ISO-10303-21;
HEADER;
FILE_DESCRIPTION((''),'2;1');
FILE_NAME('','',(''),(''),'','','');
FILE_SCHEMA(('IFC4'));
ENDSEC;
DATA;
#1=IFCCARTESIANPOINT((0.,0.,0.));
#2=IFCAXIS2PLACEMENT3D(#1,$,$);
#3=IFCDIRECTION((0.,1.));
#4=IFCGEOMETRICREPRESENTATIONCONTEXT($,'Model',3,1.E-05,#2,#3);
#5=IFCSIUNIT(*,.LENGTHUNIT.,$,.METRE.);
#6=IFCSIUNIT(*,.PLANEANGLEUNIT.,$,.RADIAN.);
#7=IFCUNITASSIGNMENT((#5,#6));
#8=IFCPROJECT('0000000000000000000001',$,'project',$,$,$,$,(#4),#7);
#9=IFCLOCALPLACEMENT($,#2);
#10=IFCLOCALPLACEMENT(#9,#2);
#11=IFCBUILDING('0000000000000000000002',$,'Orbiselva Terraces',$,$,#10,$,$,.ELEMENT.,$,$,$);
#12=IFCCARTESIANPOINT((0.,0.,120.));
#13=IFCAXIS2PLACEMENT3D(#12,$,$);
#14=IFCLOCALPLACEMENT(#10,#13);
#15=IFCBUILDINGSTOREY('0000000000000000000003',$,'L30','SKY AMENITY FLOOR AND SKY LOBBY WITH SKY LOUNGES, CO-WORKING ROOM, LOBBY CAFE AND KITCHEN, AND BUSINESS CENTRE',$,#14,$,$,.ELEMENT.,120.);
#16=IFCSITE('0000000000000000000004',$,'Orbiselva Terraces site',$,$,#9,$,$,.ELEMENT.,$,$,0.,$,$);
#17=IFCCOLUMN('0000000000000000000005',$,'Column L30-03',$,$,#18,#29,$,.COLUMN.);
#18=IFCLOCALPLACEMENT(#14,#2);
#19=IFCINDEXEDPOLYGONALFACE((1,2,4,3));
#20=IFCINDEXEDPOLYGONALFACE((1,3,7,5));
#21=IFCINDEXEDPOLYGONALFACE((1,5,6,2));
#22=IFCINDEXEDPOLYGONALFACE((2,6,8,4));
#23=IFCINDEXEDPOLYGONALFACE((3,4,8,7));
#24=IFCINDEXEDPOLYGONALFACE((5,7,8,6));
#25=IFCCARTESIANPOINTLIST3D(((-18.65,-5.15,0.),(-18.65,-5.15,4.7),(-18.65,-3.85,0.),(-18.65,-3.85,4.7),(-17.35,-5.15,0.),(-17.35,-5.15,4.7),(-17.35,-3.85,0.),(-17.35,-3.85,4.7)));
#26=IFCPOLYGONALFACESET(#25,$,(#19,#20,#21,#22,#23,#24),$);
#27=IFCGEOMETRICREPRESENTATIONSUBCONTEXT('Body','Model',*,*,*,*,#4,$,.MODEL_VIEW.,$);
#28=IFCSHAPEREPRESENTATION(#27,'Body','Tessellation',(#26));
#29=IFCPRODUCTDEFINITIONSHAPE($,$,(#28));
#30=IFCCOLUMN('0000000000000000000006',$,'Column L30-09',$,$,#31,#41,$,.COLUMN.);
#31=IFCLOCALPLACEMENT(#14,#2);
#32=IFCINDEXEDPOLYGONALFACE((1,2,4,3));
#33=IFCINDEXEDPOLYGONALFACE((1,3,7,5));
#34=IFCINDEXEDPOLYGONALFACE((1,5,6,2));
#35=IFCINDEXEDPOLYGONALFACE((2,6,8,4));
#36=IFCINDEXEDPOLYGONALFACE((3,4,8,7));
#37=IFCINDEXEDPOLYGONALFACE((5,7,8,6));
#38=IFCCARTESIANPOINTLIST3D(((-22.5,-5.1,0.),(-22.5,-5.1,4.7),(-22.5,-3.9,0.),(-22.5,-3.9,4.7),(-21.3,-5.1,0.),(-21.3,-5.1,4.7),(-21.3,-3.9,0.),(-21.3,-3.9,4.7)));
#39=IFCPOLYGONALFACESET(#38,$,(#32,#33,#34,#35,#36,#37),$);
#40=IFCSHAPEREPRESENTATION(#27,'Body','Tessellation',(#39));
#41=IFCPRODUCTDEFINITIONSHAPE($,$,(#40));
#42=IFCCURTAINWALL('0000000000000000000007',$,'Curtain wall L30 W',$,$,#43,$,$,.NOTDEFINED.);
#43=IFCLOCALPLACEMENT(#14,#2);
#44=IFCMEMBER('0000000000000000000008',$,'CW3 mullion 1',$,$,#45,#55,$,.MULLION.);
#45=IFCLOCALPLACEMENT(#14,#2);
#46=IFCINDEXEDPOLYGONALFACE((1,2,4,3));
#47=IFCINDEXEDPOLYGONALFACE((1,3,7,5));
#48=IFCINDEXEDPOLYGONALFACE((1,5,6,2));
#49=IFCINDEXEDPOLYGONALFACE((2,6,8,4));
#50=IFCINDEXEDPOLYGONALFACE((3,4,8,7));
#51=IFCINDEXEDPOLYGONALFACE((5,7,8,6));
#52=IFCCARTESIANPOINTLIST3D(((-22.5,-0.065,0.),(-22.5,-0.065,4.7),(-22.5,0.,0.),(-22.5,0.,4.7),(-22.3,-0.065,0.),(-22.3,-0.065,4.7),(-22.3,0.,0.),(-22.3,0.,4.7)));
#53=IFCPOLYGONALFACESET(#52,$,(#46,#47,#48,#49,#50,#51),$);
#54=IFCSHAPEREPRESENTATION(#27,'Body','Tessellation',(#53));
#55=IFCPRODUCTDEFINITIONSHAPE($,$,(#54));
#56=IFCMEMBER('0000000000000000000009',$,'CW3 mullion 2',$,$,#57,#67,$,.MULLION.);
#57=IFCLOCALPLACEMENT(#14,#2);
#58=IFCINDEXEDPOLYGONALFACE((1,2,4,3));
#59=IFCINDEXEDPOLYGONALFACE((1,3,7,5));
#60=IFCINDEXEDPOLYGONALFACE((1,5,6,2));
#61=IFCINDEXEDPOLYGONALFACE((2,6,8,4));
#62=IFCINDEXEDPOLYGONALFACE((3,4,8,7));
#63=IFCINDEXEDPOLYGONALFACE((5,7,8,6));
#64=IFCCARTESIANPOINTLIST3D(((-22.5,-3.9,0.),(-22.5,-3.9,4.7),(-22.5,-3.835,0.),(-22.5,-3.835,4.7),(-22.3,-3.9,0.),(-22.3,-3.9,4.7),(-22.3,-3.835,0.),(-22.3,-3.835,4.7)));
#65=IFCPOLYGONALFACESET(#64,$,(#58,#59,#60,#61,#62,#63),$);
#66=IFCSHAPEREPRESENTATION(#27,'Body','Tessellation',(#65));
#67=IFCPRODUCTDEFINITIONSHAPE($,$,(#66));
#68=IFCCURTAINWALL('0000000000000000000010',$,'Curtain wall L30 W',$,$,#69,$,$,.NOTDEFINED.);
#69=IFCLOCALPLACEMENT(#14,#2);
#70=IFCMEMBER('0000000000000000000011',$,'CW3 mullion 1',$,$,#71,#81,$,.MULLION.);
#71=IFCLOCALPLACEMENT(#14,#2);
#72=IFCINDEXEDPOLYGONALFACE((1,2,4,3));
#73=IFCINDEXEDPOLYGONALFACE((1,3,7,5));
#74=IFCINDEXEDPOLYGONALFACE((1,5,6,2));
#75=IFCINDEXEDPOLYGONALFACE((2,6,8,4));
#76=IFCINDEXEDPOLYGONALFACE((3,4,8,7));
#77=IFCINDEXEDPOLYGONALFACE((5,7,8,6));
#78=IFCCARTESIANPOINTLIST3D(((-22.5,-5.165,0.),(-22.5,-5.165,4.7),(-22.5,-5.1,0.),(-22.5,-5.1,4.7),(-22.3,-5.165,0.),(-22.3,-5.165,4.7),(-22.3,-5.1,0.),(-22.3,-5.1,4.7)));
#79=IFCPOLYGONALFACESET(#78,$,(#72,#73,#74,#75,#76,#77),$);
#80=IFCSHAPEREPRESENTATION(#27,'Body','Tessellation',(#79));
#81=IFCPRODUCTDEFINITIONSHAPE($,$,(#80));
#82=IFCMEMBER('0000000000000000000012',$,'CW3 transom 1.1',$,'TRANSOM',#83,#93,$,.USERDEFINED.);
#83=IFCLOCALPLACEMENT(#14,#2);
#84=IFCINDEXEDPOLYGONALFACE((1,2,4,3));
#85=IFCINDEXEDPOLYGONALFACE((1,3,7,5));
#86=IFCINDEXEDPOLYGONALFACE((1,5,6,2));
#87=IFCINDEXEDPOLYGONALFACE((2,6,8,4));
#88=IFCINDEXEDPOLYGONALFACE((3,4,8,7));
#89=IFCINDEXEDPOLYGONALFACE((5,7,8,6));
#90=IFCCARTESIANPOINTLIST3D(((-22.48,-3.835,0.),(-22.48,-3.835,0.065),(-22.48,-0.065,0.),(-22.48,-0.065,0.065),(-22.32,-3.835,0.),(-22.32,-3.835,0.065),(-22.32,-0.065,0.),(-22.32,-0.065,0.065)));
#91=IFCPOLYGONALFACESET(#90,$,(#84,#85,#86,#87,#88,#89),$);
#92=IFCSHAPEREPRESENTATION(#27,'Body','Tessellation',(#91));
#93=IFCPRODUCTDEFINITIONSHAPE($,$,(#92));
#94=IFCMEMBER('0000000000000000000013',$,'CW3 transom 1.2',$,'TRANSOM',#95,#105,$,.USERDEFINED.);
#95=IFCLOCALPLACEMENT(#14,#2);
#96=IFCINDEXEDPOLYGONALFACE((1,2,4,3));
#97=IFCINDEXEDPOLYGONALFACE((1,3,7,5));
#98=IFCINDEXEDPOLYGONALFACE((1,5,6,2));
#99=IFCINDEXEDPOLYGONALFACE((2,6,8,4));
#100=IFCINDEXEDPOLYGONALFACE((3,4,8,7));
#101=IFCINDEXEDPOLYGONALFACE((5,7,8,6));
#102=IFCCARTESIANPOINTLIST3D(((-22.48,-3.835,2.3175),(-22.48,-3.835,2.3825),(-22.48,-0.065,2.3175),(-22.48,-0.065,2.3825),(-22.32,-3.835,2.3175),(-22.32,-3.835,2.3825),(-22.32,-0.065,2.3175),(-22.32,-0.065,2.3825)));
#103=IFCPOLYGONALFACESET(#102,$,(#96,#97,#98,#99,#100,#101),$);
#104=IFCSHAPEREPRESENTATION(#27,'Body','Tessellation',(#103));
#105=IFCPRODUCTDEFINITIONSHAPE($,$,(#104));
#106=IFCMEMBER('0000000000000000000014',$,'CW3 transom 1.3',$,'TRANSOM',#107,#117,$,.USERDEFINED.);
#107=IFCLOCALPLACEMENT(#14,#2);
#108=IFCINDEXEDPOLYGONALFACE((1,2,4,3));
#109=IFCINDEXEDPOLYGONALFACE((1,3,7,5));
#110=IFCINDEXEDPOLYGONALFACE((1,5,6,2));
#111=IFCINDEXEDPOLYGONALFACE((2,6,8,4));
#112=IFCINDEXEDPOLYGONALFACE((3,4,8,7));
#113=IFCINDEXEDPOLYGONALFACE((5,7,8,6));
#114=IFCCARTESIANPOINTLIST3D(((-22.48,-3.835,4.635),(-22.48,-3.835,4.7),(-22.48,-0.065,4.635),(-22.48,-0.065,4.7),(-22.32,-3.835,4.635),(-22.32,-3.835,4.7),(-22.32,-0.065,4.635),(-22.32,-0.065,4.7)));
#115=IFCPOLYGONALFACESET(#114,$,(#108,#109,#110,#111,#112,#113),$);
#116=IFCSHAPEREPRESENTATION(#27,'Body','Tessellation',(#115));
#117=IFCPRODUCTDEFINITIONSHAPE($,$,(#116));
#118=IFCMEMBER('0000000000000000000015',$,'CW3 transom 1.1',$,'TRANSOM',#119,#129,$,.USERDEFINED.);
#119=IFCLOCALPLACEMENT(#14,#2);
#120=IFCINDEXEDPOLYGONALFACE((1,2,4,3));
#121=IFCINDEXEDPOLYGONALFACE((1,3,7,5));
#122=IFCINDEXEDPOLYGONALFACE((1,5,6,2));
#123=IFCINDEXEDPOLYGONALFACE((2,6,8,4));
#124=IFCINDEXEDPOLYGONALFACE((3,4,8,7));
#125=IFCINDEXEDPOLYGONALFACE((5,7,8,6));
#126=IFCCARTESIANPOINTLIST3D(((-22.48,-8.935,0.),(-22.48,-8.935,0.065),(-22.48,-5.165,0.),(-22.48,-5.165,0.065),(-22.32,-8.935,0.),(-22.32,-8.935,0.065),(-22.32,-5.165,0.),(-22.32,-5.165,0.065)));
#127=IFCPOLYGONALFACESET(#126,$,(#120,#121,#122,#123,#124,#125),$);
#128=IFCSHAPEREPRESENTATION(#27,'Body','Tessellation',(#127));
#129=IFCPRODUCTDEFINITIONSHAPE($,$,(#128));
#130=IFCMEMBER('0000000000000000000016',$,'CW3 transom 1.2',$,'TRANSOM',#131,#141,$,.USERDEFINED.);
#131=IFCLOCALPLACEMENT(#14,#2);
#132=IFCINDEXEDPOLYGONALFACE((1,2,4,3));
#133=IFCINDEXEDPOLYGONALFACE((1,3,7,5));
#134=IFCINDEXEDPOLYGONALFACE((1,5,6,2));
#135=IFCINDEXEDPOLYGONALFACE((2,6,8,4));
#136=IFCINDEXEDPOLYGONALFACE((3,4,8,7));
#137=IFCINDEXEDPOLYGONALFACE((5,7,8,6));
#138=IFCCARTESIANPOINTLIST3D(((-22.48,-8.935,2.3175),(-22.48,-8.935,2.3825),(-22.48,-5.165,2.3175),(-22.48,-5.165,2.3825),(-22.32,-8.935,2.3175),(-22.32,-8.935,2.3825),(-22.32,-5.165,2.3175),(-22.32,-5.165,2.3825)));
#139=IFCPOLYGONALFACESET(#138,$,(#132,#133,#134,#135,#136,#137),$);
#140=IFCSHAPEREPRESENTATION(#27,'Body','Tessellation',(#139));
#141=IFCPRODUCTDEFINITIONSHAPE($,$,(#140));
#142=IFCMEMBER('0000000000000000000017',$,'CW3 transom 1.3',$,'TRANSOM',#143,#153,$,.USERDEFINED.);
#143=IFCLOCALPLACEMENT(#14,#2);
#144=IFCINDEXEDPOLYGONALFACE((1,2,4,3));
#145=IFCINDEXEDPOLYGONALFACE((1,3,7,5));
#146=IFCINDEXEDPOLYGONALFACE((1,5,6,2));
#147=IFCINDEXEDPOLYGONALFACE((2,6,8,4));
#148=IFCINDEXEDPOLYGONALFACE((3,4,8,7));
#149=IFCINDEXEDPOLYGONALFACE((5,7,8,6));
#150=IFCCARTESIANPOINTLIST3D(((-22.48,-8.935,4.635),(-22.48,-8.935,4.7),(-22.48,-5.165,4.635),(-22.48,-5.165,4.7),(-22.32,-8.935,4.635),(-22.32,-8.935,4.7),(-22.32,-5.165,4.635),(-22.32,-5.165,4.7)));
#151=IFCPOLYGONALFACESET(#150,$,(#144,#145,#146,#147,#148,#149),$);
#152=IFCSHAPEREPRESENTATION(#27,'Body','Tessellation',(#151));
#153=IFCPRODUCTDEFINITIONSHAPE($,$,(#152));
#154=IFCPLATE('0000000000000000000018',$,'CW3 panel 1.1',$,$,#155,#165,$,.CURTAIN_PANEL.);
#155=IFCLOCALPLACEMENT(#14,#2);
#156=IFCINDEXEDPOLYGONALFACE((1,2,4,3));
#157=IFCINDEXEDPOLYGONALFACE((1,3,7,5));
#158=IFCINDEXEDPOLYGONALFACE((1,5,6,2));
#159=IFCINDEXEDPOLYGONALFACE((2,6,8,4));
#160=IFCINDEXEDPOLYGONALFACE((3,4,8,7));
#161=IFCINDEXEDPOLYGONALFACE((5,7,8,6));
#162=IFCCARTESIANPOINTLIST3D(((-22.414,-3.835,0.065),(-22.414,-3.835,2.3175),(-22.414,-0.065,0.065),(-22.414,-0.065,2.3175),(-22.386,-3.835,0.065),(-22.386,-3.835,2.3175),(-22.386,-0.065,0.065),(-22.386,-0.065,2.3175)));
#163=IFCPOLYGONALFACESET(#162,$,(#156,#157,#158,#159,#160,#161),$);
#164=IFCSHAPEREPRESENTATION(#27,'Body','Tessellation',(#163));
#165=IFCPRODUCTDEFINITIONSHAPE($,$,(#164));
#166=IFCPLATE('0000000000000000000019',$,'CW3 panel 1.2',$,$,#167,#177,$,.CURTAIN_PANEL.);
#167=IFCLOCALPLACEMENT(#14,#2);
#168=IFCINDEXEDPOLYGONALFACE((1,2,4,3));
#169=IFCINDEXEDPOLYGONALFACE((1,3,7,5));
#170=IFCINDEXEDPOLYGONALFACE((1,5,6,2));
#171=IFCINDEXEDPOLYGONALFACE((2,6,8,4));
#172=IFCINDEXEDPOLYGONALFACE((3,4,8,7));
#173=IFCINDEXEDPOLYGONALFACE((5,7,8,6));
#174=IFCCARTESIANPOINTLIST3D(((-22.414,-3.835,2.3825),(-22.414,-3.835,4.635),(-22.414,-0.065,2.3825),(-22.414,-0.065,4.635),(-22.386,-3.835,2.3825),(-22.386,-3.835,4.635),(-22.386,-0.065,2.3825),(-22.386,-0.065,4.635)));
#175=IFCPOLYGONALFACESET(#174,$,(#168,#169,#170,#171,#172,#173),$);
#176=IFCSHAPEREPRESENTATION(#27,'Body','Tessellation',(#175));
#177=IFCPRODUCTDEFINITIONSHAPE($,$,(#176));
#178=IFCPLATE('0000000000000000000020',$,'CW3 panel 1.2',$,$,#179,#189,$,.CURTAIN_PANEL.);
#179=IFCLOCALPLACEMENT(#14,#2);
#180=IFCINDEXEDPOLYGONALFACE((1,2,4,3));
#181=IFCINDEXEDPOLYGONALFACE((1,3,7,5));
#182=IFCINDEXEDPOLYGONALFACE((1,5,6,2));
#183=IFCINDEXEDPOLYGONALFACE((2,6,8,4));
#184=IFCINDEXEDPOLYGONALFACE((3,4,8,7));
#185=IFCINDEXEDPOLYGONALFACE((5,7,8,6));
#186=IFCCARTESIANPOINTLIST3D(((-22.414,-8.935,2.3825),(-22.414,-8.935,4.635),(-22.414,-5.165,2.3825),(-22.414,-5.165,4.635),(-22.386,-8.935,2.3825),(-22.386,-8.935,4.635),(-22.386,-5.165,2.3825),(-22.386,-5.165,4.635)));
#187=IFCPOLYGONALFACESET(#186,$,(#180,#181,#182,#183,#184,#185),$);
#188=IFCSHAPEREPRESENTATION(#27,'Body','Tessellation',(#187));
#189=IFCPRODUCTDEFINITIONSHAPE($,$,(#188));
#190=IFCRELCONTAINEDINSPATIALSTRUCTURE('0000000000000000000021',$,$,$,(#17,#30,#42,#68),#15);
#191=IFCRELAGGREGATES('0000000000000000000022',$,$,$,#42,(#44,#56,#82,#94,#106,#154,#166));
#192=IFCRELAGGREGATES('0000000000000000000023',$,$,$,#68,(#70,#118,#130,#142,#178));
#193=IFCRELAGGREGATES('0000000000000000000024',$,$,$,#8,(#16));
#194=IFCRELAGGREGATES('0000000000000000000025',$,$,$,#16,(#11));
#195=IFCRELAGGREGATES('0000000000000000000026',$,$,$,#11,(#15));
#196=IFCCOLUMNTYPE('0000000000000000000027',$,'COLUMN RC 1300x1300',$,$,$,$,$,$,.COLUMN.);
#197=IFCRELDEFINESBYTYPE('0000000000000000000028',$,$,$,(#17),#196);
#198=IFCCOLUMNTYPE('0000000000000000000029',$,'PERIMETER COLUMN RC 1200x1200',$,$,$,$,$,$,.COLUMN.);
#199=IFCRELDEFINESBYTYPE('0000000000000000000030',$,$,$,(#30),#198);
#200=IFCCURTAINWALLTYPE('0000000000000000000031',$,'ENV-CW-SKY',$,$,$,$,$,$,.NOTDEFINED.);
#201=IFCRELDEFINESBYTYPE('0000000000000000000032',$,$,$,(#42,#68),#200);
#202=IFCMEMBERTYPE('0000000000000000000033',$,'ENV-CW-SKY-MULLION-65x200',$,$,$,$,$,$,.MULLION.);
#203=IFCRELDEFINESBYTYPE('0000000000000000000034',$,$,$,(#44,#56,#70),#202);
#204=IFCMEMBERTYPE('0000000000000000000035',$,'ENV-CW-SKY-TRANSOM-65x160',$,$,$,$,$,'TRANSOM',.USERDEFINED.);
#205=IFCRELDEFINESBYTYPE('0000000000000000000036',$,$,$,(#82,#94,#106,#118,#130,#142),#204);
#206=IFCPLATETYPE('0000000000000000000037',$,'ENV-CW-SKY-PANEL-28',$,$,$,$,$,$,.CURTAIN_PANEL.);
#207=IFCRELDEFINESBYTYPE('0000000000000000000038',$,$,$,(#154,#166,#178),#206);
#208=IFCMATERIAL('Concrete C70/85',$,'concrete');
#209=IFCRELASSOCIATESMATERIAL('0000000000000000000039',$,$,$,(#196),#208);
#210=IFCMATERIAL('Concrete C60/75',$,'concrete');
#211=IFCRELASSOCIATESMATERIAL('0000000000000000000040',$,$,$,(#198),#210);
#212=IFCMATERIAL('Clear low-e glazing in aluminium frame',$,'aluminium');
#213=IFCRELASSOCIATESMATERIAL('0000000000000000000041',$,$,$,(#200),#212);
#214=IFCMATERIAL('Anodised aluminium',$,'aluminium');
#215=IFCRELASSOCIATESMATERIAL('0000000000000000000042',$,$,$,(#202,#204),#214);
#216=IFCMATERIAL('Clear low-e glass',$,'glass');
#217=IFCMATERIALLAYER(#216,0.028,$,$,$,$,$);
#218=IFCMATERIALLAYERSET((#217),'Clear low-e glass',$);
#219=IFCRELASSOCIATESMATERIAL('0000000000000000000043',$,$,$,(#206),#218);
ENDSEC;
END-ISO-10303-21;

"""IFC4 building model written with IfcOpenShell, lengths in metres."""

from ifc_helpers import new_model, si_unit, direction, frame, origin, origin_2d, place, context, subcontext, project, spatial, rectangle, extrude, material, layer, layer_set, material_profile, profile_set, type_object, element, aggregate, save


model = new_model("IFC4")

# Units and contexts
model_context = context("Model", 3, precision=1e-05, world=origin(), true_north=direction((0.0, 1.0)))
body_context = subcontext(model_context, "Body", "Model", "MODEL_VIEW")
ifc_project = project(units=[si_unit("LENGTHUNIT", "METRE"), si_unit("PLANEANGLEUNIT", "RADIAN")], contexts=[model_context])

# Site, building, storey
site_placement = place(None, origin())
site = spatial("IfcSite", under=ifc_project, at=site_placement, Name="Orbiselva Terraces site", CompositionType="ELEMENT", RefElevation=0.0)
building_placement = place(site_placement, origin())
building = spatial("IfcBuilding", under=site, at=building_placement, Name="Orbiselva Terraces", CompositionType="ELEMENT")
storey_placement = place(building_placement, frame((0.0, 0.0, 120.0)))
storey = spatial("IfcBuildingStorey", under=building, at=storey_placement, Name="L30", Description="SKY AMENITY FLOOR AND SKY LOBBY WITH SKY LOUNGES, CO-WORKING ROOM, LOBBY CAFE AND KITCHEN, AND BUSINESS CENTRE", CompositionType="ELEMENT", Elevation=120.0)

# Columns
ifc_material_1 = material(Name="Concrete C70/85", Category="concrete")
ifc_material_profile_1 = material_profile(ifc_material_1, rectangle(XDim=1.3, YDim=1.3, at=origin_2d()), Name="RC 1300x1300")
ifc_profile_set_1 = profile_set([ifc_material_profile_1], Name="Concrete C70/85")
column_type_1 = type_object("IfcColumnType", Name="COLUMN RC 1300x1300", PredefinedType="COLUMN", material=ifc_profile_set_1)
column_1_placement = place(storey_placement, frame((-18.0, -4.5, 0.0), z_axis=(0.0, 0.0, 1.0), x_axis=(1.0, 0.0, 0.0)))
element("IfcColumn", 1, at=column_1_placement, inside=storey, type_object=column_type_1, Name="Column L30-03", PredefinedType="COLUMN", context=body_context, shape_type="SweptSolid", body=[
    extrude(rectangle(XDim=1.3, YDim=1.3, at=origin_2d()), origin(), (0.0, 0.0, 1.0), 4.7),
])
ifc_material_2 = material(Name="Concrete C60/75", Category="concrete")
ifc_material_profile_2 = material_profile(ifc_material_2, rectangle(XDim=1.2, YDim=1.2, at=origin_2d()), Name="RC 1200x1200")
ifc_profile_set_2 = profile_set([ifc_material_profile_2], Name="Concrete C60/75")
column_type_2 = type_object("IfcColumnType", Name="PERIMETER COLUMN RC 1200x1200", PredefinedType="COLUMN", material=ifc_profile_set_2)
column_2_placement = place(storey_placement, frame((-21.9, -4.5, 0.0), z_axis=(0.0, 0.0, 1.0), x_axis=(1.0, 0.0, 0.0)))
element("IfcColumn", 2, at=column_2_placement, inside=storey, type_object=column_type_2, Name="Column L30-09", PredefinedType="COLUMN", context=body_context, shape_type="SweptSolid", body=[
    extrude(rectangle(XDim=1.2, YDim=1.2, at=origin_2d()), origin(), (0.0, 0.0, 1.0), 4.7),
])

# Curtain wall, members
ifc_material_3 = material(Name="Clear low-e glazing in aluminium frame", Category="aluminium")
curtain_wall_type = type_object("IfcCurtainWallType", Name="ENV-CW-SKY", PredefinedType="NOTDEFINED", material=ifc_material_3)
curtain_wall_1_placement = place(storey_placement, origin())
curtain_wall_1 = element("IfcCurtainWall", 3, at=curtain_wall_1_placement, inside=storey, type_object=curtain_wall_type, Name="Curtain wall L30 W", PredefinedType="NOTDEFINED")
ifc_material_4 = material(Name="Anodised aluminium", Category="aluminium")
ifc_material_profile_3 = material_profile(ifc_material_4, rectangle(XDim=0.2, YDim=0.065, at=origin_2d()), Name="AL 65x200")
ifc_profile_set_3 = profile_set([ifc_material_profile_3], Name="Anodised aluminium")
member_type_1 = type_object("IfcMemberType", Name="ENV-CW-SKY-MULLION-65x200", PredefinedType="MULLION", material=ifc_profile_set_3)
member_1_placement = place(storey_placement, frame((-22.4, -0.0325, 0.0), z_axis=(0.0, 0.0, 1.0), x_axis=(1.0, 0.0, 0.0)))
member_1 = element("IfcMember", 4, at=member_1_placement, type_object=member_type_1, Name="CW3 mullion 1", PredefinedType="MULLION", context=body_context, shape_type="SweptSolid", body=[
    extrude(rectangle(XDim=0.2, YDim=0.065, at=origin_2d()), origin(), (0.0, 0.0, 1.0), 4.7),
])
member_2_placement = place(storey_placement, frame((-22.4, -3.8675, 0.0), z_axis=(0.0, 0.0, 1.0), x_axis=(1.0, 0.0, 0.0)))
member_2 = element("IfcMember", 5, at=member_2_placement, type_object=member_type_1, Name="CW3 mullion 2", PredefinedType="MULLION", context=body_context, shape_type="SweptSolid", body=[
    extrude(rectangle(XDim=0.2, YDim=0.065, at=origin_2d()), origin(), (0.0, 0.0, 1.0), 4.7),
])

# Curtain wall, member
curtain_wall_2_placement = place(storey_placement, origin())
curtain_wall_2 = element("IfcCurtainWall", 6, at=curtain_wall_2_placement, inside=storey, type_object=curtain_wall_type, Name="Curtain wall L30 W", PredefinedType="NOTDEFINED")
member_3_placement = place(storey_placement, frame((-22.4, -5.1325, 0.0), z_axis=(0.0, 0.0, 1.0), x_axis=(1.0, 0.0, 0.0)))
member_3 = element("IfcMember", 7, at=member_3_placement, type_object=member_type_1, Name="CW3 mullion 1", PredefinedType="MULLION", context=body_context, shape_type="SweptSolid", body=[
    extrude(rectangle(XDim=0.2, YDim=0.065, at=origin_2d()), origin(), (0.0, 0.0, 1.0), 4.7),
])

# Members
ifc_material_profile_4 = material_profile(ifc_material_4, rectangle(XDim=0.16, YDim=0.065, at=origin_2d()), Name="AL 65x160")
ifc_profile_set_4 = profile_set([ifc_material_profile_4], Name="Anodised aluminium")
member_type_2 = type_object("IfcMemberType", Name="ENV-CW-SKY-TRANSOM-65x160", ElementType="TRANSOM", PredefinedType="USERDEFINED", material=ifc_profile_set_4)
member_4_placement = place(storey_placement, frame((-22.4, -0.065, 0.0325), z_axis=(0.0, -1.0, 0.0), x_axis=(1.0, 0.0, 0.0)))
member_4 = element("IfcMember", 8, at=member_4_placement, type_object=member_type_2, Name="CW3 transom 1.1", ObjectType="TRANSOM", PredefinedType="USERDEFINED", context=body_context, shape_type="SweptSolid", body=[
    extrude(rectangle(XDim=0.16, YDim=0.065, at=origin_2d()), origin(), (0.0, 0.0, 1.0), 3.77),
])
member_5_placement = place(storey_placement, frame((-22.4, -0.065, 2.35), z_axis=(0.0, -1.0, 0.0), x_axis=(1.0, 0.0, 0.0)))
member_5 = element("IfcMember", 9, at=member_5_placement, type_object=member_type_2, Name="CW3 transom 1.2", ObjectType="TRANSOM", PredefinedType="USERDEFINED", context=body_context, shape_type="SweptSolid", body=[
    extrude(rectangle(XDim=0.16, YDim=0.065, at=origin_2d()), origin(), (0.0, 0.0, 1.0), 3.77),
])
member_6_placement = place(storey_placement, frame((-22.4, -0.065, 4.6675), z_axis=(0.0, -1.0, 0.0), x_axis=(1.0, 0.0, 0.0)))
member_6 = element("IfcMember", 10, at=member_6_placement, type_object=member_type_2, Name="CW3 transom 1.3", ObjectType="TRANSOM", PredefinedType="USERDEFINED", context=body_context, shape_type="SweptSolid", body=[
    extrude(rectangle(XDim=0.16, YDim=0.065, at=origin_2d()), origin(), (0.0, 0.0, 1.0), 3.77),
])
member_7_placement = place(storey_placement, frame((-22.4, -5.165, 0.0325), z_axis=(0.0, -1.0, 0.0), x_axis=(1.0, 0.0, 0.0)))
member_7 = element("IfcMember", 11, at=member_7_placement, type_object=member_type_2, Name="CW3 transom 1.1", ObjectType="TRANSOM", PredefinedType="USERDEFINED", context=body_context, shape_type="SweptSolid", body=[
    extrude(rectangle(XDim=0.16, YDim=0.065, at=origin_2d()), origin(), (0.0, 0.0, 1.0), 3.77),
])
member_8_placement = place(storey_placement, frame((-22.4, -5.165, 2.35), z_axis=(0.0, -1.0, 0.0), x_axis=(1.0, 0.0, 0.0)))
member_8 = element("IfcMember", 12, at=member_8_placement, type_object=member_type_2, Name="CW3 transom 1.2", ObjectType="TRANSOM", PredefinedType="USERDEFINED", context=body_context, shape_type="SweptSolid", body=[
    extrude(rectangle(XDim=0.16, YDim=0.065, at=origin_2d()), origin(), (0.0, 0.0, 1.0), 3.77),
])
member_9_placement = place(storey_placement, frame((-22.4, -5.165, 4.6675), z_axis=(0.0, -1.0, 0.0), x_axis=(1.0, 0.0, 0.0)))
member_9 = element("IfcMember", 13, at=member_9_placement, type_object=member_type_2, Name="CW3 transom 1.3", ObjectType="TRANSOM", PredefinedType="USERDEFINED", context=body_context, shape_type="SweptSolid", body=[
    extrude(rectangle(XDim=0.16, YDim=0.065, at=origin_2d()), origin(), (0.0, 0.0, 1.0), 3.77),
])

# Plates
ifc_material_5 = material(Name="Clear low-e glass", Category="glass")
ifc_layer_1 = layer(ifc_material_5, 0.028)
ifc_layer_set_1 = layer_set([ifc_layer_1], Name="Clear low-e glass")
plate_type = type_object("IfcPlateType", Name="ENV-CW-SKY-PANEL-28", PredefinedType="CURTAIN_PANEL", material=ifc_layer_set_1)
plate_1_placement = place(storey_placement, frame((-22.4, -1.95, 0.065), z_axis=(0.0, 0.0, 1.0), x_axis=(0.0, -1.0, 0.0)))
plate_1 = element("IfcPlate", 14, at=plate_1_placement, type_object=plate_type, Name="CW3 panel 1.1", PredefinedType="CURTAIN_PANEL", context=body_context, shape_type="SweptSolid", body=[
    extrude(rectangle(XDim=3.77, YDim=0.028, at=origin_2d()), origin(), (0.0, 0.0, 1.0), 2.2525),
])
plate_2_placement = place(storey_placement, frame((-22.4, -1.95, 2.3825), z_axis=(0.0, 0.0, 1.0), x_axis=(0.0, -1.0, 0.0)))
plate_2 = element("IfcPlate", 15, at=plate_2_placement, type_object=plate_type, Name="CW3 panel 1.2", PredefinedType="CURTAIN_PANEL", context=body_context, shape_type="SweptSolid", body=[
    extrude(rectangle(XDim=3.77, YDim=0.028, at=origin_2d()), origin(), (0.0, 0.0, 1.0), 2.2525),
])
aggregate(curtain_wall_1, [member_1, member_2, member_4, member_5, member_6, plate_1, plate_2])
plate_3_placement = place(storey_placement, frame((-22.4, -7.05, 2.3825), z_axis=(0.0, 0.0, 1.0), x_axis=(0.0, -1.0, 0.0)))
plate_3 = element("IfcPlate", 16, at=plate_3_placement, type_object=plate_type, Name="CW3 panel 1.2", PredefinedType="CURTAIN_PANEL", context=body_context, shape_type="SweptSolid", body=[
    extrude(rectangle(XDim=3.77, YDim=0.028, at=origin_2d()), origin(), (0.0, 0.0, 1.0), 2.2525),
])
aggregate(curtain_wall_2, [member_3, member_7, member_8, member_9, plate_3])

save(model, "model.ifc")
